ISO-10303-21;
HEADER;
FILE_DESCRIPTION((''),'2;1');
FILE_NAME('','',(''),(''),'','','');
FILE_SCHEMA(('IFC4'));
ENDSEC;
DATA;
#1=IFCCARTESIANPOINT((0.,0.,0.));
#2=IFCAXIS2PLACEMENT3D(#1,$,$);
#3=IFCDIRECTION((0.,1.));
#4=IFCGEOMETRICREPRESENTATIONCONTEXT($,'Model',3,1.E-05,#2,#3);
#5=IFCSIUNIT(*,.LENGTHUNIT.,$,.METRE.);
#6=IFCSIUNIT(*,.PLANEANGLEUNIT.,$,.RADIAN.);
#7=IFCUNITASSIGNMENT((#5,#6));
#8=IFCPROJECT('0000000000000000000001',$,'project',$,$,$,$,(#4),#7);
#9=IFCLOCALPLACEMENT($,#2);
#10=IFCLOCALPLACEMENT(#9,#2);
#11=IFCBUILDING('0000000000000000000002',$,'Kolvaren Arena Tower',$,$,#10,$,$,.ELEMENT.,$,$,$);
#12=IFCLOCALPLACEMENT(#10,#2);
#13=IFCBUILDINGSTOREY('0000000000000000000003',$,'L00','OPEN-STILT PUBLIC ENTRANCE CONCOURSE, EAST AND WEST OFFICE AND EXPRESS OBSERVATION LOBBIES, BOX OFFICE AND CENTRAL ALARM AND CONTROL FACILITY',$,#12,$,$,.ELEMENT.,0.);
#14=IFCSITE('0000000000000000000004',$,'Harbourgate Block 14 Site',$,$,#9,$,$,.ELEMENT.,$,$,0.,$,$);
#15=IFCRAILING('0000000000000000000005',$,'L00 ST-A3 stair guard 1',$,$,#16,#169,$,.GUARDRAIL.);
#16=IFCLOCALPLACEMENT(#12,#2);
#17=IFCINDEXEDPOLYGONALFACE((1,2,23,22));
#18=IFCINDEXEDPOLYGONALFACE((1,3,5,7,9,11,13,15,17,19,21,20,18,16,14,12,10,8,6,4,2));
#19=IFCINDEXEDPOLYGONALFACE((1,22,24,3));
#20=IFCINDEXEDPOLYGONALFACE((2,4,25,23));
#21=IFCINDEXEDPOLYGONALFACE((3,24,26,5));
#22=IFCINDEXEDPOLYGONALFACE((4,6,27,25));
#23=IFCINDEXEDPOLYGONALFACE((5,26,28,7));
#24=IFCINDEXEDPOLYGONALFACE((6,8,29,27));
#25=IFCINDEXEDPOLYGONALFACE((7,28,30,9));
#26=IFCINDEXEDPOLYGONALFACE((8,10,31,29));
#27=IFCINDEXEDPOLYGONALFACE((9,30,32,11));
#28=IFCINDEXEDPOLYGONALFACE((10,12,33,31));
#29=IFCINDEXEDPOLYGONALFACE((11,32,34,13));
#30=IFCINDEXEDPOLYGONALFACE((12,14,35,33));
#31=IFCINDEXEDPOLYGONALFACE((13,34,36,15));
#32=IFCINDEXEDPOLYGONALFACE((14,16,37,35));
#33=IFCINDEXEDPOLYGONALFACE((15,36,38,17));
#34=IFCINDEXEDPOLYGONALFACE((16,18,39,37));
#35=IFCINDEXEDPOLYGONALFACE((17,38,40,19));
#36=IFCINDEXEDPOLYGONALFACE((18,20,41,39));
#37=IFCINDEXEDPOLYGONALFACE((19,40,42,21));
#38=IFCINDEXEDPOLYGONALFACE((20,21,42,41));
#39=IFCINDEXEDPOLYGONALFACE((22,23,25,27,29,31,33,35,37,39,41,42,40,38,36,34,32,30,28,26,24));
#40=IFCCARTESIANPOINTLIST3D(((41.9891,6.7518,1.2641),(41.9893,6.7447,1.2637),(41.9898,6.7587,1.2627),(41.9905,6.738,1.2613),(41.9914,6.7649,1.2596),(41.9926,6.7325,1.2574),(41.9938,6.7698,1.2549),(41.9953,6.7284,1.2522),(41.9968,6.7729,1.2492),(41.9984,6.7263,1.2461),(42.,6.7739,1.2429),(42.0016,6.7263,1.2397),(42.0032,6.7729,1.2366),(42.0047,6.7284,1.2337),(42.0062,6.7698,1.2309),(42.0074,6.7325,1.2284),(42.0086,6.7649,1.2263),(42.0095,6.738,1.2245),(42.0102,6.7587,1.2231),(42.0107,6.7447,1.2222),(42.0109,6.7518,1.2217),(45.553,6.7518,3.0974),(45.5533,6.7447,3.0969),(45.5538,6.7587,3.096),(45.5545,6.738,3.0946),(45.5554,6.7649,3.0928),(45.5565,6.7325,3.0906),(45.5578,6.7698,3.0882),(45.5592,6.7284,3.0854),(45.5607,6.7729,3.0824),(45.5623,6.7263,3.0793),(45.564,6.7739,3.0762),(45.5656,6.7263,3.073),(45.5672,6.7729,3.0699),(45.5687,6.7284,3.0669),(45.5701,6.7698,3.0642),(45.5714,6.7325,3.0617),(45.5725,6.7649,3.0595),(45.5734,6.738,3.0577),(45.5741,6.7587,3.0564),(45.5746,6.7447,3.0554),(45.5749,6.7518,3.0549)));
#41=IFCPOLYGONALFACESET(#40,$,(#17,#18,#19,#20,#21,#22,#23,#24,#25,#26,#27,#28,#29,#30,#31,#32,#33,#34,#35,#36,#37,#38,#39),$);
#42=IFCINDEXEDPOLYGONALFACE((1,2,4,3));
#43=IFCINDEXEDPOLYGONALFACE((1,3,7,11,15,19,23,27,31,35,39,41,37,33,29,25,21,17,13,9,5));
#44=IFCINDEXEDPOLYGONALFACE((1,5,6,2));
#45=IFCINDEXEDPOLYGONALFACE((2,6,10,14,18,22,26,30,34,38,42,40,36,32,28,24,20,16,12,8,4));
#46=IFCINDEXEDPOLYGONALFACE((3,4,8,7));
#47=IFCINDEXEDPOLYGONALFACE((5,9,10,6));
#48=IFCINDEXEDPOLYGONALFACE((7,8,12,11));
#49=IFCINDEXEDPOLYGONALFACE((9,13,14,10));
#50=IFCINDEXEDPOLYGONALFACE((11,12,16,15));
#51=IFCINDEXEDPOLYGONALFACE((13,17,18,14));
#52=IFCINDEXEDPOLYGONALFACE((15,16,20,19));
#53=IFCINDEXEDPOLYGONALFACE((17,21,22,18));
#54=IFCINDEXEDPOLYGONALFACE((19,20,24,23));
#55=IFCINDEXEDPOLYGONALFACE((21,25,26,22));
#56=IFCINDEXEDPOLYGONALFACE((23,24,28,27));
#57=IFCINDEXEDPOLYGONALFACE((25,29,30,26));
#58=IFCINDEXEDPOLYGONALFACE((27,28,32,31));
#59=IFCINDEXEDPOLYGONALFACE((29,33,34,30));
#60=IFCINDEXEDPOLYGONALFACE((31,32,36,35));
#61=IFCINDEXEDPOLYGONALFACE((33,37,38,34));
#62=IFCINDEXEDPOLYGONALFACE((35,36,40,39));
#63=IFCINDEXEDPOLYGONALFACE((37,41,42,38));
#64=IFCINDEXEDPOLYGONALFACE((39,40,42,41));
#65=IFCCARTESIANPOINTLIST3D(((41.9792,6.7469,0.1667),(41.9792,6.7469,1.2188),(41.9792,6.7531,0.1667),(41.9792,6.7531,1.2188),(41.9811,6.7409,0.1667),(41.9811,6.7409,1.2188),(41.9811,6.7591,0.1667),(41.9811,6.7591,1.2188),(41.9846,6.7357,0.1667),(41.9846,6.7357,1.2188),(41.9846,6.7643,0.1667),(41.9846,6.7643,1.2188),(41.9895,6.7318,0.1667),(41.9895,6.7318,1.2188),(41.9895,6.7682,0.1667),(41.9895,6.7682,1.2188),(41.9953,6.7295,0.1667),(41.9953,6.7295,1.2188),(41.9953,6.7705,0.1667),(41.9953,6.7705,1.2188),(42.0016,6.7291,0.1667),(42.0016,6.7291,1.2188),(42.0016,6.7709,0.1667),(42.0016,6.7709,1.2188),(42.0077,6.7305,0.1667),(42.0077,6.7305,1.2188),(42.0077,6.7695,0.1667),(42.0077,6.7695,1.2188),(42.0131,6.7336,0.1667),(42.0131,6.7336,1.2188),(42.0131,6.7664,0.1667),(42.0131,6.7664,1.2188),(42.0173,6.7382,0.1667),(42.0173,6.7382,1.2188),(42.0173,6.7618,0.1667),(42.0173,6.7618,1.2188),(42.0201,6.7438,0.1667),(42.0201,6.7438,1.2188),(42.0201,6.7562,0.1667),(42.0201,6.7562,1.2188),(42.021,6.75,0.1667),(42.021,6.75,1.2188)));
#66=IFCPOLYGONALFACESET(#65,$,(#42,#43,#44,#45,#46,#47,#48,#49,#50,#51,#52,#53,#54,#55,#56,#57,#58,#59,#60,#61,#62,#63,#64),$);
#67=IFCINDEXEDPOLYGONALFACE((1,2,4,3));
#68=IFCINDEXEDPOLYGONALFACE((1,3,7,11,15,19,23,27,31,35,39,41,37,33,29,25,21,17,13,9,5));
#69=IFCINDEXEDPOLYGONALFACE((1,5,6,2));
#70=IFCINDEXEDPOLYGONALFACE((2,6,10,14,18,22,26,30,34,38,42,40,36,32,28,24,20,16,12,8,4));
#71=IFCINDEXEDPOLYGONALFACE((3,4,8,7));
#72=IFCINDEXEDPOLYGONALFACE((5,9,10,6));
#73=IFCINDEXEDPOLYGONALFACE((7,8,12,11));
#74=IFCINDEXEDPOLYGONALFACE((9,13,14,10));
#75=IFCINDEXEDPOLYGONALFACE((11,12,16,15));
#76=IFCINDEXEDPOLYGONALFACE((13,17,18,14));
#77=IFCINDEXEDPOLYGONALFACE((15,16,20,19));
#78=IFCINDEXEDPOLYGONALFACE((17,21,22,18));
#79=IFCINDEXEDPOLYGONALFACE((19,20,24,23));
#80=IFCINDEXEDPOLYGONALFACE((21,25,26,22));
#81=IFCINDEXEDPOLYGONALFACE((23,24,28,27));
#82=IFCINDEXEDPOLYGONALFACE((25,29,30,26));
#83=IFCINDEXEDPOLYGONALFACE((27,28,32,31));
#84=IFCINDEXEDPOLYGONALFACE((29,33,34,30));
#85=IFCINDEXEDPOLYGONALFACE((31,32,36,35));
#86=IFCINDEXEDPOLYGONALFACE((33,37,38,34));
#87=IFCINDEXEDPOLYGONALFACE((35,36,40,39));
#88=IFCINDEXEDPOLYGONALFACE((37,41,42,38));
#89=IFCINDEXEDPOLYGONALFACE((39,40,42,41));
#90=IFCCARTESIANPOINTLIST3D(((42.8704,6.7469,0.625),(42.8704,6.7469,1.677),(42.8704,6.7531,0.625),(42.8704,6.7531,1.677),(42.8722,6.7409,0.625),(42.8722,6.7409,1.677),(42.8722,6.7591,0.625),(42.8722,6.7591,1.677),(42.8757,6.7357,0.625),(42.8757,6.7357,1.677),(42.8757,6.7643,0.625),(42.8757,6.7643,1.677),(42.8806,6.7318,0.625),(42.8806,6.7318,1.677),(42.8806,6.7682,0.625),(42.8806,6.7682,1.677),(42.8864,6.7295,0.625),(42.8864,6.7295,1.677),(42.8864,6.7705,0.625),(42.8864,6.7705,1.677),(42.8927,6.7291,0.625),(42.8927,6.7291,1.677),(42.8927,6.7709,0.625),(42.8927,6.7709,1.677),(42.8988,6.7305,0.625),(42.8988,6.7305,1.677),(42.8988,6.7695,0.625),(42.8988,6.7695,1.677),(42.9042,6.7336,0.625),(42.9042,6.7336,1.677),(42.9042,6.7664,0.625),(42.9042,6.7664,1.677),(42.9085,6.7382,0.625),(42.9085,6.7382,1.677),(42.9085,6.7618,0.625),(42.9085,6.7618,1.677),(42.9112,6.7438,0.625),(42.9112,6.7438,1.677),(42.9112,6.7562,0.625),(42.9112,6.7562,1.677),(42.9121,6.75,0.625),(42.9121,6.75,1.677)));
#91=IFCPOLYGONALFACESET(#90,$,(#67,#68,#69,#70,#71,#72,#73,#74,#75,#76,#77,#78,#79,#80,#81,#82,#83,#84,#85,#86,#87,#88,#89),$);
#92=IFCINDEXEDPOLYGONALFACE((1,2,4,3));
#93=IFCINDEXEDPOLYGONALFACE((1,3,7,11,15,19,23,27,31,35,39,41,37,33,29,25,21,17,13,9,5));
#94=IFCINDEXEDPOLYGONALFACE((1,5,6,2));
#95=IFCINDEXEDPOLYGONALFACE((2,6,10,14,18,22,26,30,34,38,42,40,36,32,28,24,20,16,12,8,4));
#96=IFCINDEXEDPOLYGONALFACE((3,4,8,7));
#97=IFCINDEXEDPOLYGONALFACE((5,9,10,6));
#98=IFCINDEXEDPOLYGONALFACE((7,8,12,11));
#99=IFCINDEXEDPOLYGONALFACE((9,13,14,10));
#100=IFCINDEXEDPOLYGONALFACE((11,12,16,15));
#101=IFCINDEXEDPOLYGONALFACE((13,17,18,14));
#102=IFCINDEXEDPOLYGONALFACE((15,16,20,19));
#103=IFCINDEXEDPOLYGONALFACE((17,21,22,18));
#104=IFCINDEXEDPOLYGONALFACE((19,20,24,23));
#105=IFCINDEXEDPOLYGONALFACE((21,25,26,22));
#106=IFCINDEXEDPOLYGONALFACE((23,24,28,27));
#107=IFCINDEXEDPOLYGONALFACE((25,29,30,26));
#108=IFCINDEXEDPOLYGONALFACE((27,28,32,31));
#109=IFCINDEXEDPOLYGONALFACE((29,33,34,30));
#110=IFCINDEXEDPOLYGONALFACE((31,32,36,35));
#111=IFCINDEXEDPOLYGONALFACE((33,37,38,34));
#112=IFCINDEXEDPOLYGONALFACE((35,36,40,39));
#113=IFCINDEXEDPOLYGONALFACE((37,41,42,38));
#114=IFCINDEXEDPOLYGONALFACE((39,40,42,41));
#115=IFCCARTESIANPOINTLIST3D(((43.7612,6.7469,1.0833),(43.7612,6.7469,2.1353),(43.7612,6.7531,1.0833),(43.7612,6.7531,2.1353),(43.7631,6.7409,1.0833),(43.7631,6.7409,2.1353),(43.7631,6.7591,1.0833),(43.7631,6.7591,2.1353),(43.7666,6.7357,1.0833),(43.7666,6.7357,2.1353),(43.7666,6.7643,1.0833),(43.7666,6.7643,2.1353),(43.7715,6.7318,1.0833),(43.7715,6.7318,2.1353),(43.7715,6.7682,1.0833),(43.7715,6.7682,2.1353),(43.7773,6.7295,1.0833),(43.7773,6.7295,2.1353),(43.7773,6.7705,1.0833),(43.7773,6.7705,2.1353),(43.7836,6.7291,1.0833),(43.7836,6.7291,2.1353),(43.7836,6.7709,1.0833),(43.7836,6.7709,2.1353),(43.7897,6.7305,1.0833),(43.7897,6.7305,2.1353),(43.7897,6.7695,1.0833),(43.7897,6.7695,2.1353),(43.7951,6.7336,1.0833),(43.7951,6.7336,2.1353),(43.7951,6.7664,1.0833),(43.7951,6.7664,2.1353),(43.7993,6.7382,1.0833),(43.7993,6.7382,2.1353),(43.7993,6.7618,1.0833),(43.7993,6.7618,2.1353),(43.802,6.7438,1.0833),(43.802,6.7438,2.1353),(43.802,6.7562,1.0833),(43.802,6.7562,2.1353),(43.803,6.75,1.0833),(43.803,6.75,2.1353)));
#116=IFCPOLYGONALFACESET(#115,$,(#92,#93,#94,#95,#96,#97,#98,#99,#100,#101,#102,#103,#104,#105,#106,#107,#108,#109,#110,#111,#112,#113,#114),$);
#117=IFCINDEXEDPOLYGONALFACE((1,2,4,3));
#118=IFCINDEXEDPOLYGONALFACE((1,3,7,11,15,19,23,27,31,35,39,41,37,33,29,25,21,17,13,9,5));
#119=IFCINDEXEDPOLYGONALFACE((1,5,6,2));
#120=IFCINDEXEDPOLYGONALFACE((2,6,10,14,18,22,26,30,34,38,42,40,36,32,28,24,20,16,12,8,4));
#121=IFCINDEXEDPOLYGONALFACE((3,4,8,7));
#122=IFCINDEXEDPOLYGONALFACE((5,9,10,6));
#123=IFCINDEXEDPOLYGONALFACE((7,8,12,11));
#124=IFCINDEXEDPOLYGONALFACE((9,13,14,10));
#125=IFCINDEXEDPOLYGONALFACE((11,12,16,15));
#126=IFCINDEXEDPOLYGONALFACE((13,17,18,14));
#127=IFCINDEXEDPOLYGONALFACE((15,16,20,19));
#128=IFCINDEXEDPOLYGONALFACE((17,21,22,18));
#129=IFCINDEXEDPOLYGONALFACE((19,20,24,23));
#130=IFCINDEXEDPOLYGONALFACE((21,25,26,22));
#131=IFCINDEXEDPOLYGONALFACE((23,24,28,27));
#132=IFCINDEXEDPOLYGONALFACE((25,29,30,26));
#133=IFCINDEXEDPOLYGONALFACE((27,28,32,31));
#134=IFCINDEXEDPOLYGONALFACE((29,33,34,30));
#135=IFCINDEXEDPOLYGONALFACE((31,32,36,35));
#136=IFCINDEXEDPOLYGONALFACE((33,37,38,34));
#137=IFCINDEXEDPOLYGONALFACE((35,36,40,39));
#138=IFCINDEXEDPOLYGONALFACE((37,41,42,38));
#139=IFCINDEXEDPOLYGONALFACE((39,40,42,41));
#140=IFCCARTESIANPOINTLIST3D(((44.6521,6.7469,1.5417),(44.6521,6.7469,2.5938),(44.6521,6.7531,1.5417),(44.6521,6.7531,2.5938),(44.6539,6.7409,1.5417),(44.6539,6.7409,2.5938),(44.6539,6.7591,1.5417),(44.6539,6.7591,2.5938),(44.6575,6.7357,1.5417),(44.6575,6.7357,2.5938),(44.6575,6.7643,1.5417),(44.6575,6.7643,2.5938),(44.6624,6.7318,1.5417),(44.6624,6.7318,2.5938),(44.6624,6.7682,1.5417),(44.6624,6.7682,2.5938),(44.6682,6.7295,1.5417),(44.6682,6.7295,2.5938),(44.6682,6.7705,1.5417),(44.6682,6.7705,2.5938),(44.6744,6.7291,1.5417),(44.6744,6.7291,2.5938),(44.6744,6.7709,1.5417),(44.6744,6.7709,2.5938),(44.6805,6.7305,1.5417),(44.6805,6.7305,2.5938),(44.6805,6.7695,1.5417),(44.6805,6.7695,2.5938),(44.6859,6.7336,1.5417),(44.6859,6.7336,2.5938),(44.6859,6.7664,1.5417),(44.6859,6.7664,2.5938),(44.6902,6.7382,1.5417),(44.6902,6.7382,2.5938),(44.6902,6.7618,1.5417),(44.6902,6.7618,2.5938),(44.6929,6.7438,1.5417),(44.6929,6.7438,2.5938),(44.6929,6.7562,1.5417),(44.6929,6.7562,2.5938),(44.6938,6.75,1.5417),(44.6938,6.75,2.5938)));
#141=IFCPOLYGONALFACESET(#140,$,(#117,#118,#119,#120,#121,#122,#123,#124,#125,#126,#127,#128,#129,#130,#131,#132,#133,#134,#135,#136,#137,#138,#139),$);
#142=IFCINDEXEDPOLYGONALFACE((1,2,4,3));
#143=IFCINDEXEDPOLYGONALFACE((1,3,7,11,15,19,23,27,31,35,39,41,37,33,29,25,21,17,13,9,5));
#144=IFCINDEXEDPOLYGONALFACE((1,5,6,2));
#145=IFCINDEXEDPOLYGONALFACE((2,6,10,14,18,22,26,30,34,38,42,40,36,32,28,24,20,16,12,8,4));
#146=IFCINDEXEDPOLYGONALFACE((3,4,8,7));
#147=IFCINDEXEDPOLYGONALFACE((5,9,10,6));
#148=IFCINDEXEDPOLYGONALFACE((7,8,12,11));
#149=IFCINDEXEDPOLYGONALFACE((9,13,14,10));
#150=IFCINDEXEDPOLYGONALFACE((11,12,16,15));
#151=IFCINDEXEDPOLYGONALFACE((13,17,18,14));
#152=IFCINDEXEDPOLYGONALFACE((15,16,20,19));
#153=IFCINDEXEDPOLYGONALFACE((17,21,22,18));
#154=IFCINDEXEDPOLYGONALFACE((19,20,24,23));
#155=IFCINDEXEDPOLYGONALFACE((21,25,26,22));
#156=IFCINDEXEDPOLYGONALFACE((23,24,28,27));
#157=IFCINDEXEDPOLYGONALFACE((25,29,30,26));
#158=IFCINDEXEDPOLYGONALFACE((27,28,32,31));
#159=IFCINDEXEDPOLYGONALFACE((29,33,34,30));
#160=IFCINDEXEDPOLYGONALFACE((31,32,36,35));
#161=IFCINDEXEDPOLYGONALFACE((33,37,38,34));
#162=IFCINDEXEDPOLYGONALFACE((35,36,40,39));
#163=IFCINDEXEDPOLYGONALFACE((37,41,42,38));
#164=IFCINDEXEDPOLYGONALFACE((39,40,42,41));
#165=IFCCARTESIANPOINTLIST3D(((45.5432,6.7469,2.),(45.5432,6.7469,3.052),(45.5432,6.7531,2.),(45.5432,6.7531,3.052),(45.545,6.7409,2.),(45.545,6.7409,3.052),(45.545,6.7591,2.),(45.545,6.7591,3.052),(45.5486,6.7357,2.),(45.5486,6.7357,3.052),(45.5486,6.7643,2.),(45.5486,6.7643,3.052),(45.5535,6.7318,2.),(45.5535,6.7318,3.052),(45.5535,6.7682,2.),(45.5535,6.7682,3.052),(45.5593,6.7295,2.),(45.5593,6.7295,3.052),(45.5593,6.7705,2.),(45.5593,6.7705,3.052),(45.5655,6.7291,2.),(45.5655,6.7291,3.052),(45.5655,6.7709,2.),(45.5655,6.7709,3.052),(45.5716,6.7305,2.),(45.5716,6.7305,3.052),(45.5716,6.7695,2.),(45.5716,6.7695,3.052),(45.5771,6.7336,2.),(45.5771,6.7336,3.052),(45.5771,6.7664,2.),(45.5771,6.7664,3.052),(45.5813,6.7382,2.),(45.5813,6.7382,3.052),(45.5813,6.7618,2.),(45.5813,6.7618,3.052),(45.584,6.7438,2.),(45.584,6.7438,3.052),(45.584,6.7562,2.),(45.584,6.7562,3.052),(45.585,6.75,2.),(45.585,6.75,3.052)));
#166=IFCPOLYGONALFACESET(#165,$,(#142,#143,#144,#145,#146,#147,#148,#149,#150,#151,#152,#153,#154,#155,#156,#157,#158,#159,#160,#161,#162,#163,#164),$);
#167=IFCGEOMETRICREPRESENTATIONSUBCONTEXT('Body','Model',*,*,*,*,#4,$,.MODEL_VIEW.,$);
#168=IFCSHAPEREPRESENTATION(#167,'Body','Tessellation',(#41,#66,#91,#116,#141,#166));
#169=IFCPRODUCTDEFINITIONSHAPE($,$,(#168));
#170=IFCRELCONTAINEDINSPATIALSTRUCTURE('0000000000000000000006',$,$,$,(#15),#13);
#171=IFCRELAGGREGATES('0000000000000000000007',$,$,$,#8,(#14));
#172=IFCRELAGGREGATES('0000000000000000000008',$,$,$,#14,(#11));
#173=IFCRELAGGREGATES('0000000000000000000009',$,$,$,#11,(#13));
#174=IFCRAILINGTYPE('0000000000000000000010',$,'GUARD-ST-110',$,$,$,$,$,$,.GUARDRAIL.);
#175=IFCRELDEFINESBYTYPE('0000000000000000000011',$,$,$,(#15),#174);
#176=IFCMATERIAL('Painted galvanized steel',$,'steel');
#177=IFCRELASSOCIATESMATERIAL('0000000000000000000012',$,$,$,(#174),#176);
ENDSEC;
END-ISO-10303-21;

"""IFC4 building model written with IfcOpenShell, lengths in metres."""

from ifc_helpers import new_model, si_unit, direction, frame, origin, origin_2d, place, context, subcontext, project, spatial, circle, extrude, material, type_object, element, save


model = new_model("IFC4")

# Units and contexts
model_context = context("Model", 3, precision=1e-05, world=origin(), true_north=direction((0.0, 1.0)))
body_context = subcontext(model_context, "Body", "Model", "MODEL_VIEW")
ifc_project = project(units=[si_unit("LENGTHUNIT", "METRE"), si_unit("PLANEANGLEUNIT", "RADIAN")], contexts=[model_context])

# Site, building, storey
site_placement = place(None, origin())
site = spatial("IfcSite", under=ifc_project, at=site_placement, Name="Harbourgate Block 14 Site", CompositionType="ELEMENT", RefElevation=0.0)
building_placement = place(site_placement, origin())
building = spatial("IfcBuilding", under=site, at=building_placement, Name="Kolvaren Arena Tower", CompositionType="ELEMENT")
storey_placement = place(building_placement, origin())
storey = spatial("IfcBuildingStorey", under=building, at=storey_placement, Name="L00", Description="OPEN-STILT PUBLIC ENTRANCE CONCOURSE, EAST AND WEST OFFICE AND EXPRESS OBSERVATION LOBBIES, BOX OFFICE AND CENTRAL ALARM AND CONTROL FACILITY", CompositionType="ELEMENT", Elevation=0.0)

# Railing
ifc_material_1 = material(Name="Painted galvanized steel", Category="steel")
railing_type_1 = type_object("IfcRailingType", Name="GUARD-ST-110", PredefinedType="GUARDRAIL", material=ifc_material_1)
for number, where, name in (
    (1, (42.0, 6.75, 0.1667), "L00 ST-A3 stair guard 1"),
):
    element("IfcRailing", number, at=place(storey_placement, frame(where)), inside=storey, type_object=railing_type_1, Name=name, PredefinedType="GUARDRAIL", context=body_context, shape_type="SweptSolid", body=[
        extrude(circle(Radius=0.0239, at=origin_2d()), frame((0.0, 0.0, 1.0762), z_axis=(0.889252, 0.0, 0.457418), x_axis=(0.0, 1.0, 0.0)), (0.0, 0.0, 1.0), 4.0078),
        extrude(circle(Radius=0.021, at=origin_2d()), origin(), (0.0, 0.0, 1.0), 1.052),
        extrude(circle(Radius=0.021, at=origin_2d()), frame((0.8911, 0.0, 0.4583)), (0.0, 0.0, 1.0), 1.052),
        extrude(circle(Radius=0.021, at=origin_2d()), frame((1.782, 0.0, 0.9165)), (0.0, 0.0, 1.0), 1.052),
        extrude(circle(Radius=0.021, at=origin_2d()), frame((2.6729, 0.0, 1.375)), (0.0, 0.0, 1.0), 1.052),
        extrude(circle(Radius=0.021, at=origin_2d()), frame((3.564, 0.0, 1.8333)), (0.0, 0.0, 1.0), 1.052),
    ])

save(model, "model.ifc")
